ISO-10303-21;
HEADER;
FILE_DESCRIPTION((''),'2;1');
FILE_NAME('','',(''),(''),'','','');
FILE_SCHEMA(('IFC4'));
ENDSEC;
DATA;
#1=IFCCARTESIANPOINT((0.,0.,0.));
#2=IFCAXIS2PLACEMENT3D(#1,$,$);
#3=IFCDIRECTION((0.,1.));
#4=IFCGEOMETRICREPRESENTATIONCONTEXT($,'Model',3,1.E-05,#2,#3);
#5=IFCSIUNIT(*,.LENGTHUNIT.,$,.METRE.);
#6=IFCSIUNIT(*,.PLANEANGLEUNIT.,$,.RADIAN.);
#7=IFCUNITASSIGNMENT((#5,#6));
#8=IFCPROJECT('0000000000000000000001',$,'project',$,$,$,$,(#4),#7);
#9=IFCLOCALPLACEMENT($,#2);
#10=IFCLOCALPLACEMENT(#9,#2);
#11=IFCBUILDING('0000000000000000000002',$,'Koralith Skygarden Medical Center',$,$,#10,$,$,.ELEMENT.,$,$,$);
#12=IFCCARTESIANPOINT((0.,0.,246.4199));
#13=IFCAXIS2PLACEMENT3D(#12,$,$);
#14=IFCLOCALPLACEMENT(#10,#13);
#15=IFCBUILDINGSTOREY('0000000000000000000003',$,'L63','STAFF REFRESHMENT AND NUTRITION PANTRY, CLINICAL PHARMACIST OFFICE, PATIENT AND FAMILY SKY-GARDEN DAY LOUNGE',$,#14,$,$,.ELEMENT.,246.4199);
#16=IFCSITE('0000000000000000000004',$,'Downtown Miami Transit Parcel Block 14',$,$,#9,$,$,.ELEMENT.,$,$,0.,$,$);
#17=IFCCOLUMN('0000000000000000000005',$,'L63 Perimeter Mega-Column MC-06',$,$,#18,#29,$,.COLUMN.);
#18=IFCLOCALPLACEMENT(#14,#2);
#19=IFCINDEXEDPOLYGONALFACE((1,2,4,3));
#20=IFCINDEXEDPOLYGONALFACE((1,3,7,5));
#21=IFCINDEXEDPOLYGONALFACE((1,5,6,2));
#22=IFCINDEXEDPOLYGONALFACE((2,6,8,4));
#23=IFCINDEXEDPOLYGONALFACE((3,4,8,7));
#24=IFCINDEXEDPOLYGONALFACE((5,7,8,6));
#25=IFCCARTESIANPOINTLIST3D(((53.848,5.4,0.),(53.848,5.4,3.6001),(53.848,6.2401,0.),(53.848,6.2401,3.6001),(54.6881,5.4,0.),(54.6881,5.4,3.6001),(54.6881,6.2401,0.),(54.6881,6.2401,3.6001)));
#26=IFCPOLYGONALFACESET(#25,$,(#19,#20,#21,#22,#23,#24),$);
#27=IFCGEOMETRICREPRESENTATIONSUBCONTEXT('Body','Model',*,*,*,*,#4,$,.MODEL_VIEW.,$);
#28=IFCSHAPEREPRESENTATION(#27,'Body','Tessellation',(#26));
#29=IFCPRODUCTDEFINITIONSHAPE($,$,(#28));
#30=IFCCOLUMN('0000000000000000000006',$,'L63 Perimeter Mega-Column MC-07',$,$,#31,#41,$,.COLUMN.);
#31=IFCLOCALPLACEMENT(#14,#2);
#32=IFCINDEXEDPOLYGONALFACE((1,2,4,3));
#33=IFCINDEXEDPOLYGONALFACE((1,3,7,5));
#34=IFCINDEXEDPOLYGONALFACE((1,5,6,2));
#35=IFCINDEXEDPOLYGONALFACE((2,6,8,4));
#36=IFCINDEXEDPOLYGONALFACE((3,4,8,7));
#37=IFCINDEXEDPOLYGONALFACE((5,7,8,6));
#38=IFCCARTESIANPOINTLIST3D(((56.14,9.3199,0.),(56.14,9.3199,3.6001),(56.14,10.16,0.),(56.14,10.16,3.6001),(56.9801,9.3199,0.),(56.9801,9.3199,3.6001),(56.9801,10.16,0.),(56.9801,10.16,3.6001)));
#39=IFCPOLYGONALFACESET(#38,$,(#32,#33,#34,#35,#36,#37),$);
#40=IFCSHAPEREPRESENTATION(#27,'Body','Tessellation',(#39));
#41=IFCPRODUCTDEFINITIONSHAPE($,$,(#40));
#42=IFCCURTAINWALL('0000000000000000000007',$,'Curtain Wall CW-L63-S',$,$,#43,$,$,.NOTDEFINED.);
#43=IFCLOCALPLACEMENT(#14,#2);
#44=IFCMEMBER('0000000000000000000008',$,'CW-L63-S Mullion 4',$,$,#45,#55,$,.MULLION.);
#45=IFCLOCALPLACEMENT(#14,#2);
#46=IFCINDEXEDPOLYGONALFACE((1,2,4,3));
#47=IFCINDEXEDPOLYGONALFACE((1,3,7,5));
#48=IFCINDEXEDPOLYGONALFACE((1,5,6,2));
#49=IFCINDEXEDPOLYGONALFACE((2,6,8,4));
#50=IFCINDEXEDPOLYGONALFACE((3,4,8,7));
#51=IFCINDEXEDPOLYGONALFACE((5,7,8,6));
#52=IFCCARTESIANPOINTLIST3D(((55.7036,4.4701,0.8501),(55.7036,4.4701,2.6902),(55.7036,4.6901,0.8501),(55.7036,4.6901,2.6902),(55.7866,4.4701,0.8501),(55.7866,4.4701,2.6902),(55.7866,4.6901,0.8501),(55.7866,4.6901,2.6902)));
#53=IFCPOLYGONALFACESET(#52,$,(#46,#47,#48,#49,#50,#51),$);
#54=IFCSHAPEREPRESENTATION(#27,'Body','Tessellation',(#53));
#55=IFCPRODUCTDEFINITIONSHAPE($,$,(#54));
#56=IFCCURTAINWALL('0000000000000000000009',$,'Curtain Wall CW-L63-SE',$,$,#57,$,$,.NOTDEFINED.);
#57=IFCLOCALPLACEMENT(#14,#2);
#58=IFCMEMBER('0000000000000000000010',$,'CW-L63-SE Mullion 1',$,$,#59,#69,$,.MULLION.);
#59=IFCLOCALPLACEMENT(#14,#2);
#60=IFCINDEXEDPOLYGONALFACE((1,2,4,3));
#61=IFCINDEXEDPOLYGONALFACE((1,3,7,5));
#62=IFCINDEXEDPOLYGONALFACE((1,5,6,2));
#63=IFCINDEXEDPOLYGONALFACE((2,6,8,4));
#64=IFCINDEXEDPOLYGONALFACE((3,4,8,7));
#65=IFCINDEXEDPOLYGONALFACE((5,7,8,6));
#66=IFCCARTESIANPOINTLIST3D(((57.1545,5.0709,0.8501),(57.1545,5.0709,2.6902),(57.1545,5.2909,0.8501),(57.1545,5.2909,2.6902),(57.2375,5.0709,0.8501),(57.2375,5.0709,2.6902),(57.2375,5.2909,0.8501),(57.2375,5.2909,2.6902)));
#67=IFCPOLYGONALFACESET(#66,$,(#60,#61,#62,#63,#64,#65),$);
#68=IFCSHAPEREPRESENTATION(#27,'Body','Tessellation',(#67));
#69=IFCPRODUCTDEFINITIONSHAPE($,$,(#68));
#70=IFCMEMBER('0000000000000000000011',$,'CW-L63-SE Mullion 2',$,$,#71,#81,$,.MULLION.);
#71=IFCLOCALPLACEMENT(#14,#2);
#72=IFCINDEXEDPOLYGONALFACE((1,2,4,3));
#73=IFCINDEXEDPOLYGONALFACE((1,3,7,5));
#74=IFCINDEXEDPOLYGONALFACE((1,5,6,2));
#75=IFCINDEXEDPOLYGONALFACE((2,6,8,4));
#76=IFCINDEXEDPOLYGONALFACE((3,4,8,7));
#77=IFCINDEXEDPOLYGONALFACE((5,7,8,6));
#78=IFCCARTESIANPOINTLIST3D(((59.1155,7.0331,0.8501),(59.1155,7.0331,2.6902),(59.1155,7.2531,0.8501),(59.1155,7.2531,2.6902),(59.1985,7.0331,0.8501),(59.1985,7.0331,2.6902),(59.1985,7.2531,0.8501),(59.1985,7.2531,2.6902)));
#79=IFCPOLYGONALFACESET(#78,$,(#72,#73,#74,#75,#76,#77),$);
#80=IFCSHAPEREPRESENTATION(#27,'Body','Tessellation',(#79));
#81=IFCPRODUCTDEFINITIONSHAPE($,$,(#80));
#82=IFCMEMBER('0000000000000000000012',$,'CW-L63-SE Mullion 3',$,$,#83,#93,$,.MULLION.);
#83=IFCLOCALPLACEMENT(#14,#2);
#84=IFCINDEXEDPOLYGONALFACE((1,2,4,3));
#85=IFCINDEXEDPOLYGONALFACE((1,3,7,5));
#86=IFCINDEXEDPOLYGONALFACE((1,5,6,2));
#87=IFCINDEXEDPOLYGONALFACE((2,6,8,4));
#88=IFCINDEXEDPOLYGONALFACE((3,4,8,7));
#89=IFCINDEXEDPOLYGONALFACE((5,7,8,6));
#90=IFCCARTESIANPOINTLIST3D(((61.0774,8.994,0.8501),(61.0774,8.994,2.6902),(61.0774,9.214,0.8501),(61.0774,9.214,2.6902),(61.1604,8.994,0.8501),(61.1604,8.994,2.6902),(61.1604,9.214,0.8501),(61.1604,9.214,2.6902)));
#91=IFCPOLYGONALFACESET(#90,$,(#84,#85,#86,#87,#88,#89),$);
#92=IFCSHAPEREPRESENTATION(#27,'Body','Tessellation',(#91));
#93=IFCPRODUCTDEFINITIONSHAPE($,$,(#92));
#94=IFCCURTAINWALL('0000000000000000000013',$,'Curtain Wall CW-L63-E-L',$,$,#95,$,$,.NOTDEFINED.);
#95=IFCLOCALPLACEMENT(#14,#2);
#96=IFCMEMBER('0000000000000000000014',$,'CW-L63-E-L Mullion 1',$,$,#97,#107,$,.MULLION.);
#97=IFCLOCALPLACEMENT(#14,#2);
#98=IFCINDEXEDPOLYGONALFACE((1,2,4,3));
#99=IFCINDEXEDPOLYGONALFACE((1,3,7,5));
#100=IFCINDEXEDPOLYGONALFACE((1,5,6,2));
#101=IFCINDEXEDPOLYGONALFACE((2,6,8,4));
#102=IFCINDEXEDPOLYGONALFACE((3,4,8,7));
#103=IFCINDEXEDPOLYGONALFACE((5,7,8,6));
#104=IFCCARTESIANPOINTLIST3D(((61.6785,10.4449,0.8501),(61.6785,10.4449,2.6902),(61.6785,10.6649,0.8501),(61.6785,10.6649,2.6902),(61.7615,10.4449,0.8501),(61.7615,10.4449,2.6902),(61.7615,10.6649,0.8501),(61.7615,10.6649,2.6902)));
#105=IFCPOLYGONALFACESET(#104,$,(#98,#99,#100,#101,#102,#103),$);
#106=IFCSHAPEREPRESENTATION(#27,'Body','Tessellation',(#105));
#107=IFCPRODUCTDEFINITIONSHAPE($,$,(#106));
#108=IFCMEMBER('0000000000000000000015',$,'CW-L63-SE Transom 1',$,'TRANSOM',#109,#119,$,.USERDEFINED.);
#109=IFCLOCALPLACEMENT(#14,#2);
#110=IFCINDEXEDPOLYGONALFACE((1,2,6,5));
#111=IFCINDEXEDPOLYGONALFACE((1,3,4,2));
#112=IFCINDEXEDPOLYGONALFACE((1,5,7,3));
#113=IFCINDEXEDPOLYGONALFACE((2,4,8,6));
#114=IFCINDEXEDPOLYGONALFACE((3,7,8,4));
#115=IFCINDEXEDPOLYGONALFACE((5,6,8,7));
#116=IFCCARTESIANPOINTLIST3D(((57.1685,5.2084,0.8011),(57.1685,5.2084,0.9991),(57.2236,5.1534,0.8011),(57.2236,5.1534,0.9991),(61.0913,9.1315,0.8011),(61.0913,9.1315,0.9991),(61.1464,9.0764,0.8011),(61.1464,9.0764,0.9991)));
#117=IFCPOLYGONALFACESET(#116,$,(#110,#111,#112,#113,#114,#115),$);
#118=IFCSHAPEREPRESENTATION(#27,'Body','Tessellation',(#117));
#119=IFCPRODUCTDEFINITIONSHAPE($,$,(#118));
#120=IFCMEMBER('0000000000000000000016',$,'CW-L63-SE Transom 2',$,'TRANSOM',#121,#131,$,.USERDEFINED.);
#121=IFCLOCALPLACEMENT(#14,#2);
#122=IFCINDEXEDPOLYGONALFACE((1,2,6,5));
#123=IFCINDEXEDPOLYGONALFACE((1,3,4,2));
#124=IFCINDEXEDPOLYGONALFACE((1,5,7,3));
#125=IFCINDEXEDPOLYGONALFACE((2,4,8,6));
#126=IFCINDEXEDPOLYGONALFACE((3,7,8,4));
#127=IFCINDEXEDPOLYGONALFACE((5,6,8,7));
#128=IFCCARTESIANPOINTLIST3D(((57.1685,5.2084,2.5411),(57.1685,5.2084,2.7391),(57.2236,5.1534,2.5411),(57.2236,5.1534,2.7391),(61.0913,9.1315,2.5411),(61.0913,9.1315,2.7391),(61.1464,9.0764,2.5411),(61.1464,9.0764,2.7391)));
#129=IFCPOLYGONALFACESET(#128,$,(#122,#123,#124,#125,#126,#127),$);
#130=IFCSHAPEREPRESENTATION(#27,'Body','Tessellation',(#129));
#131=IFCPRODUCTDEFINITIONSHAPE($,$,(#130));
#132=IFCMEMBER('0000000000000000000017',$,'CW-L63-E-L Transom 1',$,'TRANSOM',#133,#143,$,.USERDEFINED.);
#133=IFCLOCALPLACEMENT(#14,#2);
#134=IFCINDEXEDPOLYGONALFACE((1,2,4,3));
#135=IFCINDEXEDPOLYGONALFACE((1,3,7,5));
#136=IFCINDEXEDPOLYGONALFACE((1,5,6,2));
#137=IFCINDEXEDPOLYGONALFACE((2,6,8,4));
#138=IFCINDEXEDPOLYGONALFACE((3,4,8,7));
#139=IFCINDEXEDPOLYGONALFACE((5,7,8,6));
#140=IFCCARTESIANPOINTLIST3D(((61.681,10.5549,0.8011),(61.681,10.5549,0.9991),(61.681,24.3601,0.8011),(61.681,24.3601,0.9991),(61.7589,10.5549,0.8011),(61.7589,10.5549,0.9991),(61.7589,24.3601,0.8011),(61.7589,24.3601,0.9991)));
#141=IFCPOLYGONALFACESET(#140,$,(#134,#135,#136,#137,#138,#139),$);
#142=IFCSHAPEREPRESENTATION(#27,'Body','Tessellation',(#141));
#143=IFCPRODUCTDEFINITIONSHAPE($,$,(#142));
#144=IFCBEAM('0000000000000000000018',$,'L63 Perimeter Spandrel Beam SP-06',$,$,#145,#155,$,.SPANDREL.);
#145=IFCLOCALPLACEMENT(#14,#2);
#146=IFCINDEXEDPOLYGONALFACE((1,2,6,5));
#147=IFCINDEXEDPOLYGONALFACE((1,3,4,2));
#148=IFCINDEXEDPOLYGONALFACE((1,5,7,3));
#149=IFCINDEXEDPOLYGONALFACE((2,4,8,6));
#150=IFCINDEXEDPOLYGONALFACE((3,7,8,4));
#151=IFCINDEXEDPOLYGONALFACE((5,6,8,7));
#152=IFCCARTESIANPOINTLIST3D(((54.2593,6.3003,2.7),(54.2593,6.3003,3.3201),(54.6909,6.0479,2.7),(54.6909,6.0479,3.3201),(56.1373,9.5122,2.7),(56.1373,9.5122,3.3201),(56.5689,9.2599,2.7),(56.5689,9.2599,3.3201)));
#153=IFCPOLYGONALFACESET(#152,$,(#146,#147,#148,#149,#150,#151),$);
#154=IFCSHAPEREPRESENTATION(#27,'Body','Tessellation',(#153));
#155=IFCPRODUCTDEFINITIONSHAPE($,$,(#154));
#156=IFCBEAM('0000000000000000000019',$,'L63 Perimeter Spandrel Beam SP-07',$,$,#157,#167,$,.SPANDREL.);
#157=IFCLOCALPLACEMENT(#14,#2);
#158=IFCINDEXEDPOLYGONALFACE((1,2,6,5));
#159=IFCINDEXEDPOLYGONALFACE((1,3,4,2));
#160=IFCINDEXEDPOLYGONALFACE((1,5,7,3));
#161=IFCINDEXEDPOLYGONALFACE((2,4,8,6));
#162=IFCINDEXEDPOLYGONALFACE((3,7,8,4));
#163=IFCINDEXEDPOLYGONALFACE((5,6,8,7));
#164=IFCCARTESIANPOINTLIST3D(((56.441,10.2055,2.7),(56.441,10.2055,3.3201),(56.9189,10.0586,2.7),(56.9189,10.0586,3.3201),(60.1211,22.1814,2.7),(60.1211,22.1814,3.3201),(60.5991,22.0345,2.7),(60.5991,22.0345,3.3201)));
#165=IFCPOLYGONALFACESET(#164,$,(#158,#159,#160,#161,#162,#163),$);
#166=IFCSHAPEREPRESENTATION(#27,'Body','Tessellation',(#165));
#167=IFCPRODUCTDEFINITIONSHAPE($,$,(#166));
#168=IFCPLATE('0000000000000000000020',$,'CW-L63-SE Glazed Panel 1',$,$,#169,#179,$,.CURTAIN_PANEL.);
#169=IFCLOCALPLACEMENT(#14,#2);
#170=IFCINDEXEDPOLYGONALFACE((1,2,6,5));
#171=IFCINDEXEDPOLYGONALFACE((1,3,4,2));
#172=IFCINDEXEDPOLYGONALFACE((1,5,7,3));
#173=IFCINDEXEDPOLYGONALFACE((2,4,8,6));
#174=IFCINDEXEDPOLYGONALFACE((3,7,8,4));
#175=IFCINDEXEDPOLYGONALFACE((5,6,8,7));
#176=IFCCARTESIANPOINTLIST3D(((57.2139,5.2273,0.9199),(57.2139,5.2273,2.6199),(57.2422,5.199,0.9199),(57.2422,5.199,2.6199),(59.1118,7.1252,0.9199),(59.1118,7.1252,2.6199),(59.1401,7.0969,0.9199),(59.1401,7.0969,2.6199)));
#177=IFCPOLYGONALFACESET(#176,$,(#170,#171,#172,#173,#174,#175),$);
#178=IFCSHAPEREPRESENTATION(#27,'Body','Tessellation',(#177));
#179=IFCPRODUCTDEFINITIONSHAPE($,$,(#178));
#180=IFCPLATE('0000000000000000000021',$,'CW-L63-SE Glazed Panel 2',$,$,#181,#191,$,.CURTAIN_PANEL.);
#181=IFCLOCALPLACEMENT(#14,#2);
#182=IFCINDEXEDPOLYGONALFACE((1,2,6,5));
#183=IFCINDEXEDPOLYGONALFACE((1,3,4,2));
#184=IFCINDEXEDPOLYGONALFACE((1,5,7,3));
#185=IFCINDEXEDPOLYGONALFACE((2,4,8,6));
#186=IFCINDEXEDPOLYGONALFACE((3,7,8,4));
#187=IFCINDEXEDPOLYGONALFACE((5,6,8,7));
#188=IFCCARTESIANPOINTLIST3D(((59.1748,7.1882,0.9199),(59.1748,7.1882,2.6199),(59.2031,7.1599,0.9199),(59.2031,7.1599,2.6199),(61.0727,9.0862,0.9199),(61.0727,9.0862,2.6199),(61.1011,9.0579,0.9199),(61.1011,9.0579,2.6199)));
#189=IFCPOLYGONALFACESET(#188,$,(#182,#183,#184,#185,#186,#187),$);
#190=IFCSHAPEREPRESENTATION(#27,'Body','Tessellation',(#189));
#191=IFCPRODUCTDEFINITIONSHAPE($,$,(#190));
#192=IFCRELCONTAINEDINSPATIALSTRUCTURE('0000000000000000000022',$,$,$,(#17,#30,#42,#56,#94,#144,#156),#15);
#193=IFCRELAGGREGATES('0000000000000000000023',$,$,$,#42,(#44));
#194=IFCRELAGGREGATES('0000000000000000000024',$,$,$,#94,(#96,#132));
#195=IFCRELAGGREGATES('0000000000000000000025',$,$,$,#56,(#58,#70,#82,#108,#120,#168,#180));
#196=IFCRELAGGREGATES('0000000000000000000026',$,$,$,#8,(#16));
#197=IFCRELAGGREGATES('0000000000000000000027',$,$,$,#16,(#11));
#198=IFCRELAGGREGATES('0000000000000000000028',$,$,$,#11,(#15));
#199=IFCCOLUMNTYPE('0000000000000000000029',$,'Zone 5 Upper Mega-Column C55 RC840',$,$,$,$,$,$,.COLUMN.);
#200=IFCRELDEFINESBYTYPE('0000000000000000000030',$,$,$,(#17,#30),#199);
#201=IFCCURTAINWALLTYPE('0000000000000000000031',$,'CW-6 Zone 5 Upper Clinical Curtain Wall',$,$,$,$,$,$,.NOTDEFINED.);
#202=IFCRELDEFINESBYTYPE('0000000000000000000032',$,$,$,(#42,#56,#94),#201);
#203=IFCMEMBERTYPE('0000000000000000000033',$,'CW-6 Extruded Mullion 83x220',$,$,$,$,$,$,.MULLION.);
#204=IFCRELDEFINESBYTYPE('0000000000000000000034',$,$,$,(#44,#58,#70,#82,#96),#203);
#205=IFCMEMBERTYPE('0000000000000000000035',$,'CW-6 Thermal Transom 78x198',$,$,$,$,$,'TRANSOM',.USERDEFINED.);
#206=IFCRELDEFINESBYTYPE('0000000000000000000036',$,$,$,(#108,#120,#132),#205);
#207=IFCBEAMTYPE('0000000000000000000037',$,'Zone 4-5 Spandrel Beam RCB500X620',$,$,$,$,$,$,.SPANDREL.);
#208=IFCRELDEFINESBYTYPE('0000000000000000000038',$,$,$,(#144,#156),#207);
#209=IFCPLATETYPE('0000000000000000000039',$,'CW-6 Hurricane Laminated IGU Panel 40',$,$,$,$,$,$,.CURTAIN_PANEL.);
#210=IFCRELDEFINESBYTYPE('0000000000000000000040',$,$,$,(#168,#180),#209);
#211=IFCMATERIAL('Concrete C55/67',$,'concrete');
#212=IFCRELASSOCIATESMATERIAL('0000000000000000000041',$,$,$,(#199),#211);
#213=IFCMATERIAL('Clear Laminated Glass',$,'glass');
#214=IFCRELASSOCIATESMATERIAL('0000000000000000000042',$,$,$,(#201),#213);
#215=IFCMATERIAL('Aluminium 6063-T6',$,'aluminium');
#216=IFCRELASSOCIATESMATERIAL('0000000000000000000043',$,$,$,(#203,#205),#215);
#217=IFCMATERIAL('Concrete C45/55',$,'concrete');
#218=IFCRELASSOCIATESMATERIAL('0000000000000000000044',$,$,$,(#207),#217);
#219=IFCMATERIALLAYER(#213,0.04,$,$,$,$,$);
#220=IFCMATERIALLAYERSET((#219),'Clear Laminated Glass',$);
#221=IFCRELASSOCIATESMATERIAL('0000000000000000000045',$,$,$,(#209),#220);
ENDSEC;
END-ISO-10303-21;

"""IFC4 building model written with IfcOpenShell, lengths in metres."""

from ifc_helpers import new_model, si_unit, direction, frame, origin, origin_2d, place, context, subcontext, project, spatial, rectangle, extrude, material, layer, layer_set, material_profile, profile_set, type_object, element, aggregate, save


model = new_model("IFC4")

# Units and contexts
model_context = context("Model", 3, precision=1e-05, world=origin(), true_north=direction((0.0, 1.0)))
body_context = subcontext(model_context, "Body", "Model", "MODEL_VIEW")
ifc_project = project(units=[si_unit("LENGTHUNIT", "METRE"), si_unit("PLANEANGLEUNIT", "RADIAN")], contexts=[model_context])

# Site, building, storey
site_placement = place(None, origin())
site = spatial("IfcSite", under=ifc_project, at=site_placement, Name="Downtown Miami Transit Parcel Block 14", CompositionType="ELEMENT", RefElevation=0.0)
building_placement = place(site_placement, origin())
building = spatial("IfcBuilding", under=site, at=building_placement, Name="Koralith Skygarden Medical Center", CompositionType="ELEMENT")
storey_placement = place(building_placement, frame((0.0, 0.0, 246.4199)))
storey = spatial("IfcBuildingStorey", under=building, at=storey_placement, Name="L63", Description="STAFF REFRESHMENT AND NUTRITION PANTRY, CLINICAL PHARMACIST OFFICE, PATIENT AND FAMILY SKY-GARDEN DAY LOUNGE", CompositionType="ELEMENT", Elevation=246.4199)

# Columns
ifc_material_1 = material(Name="Concrete C55/67", Category="concrete")
ifc_material_profile_1 = material_profile(ifc_material_1, rectangle(XDim=0.8401, YDim=0.8401, at=origin_2d()), Name="RC840X840")
ifc_profile_set_1 = profile_set([ifc_material_profile_1], Name="Concrete C55/67")
column_type = type_object("IfcColumnType", Name="Zone 5 Upper Mega-Column C55 RC840", PredefinedType="COLUMN", material=ifc_profile_set_1)
for number, where, z_axis, x_axis, name in (
    (1, (54.2681, 5.8201, 0.0), (0.0, 0.0, 1.0), (1.0, 0.0, 0.0), "L63 Perimeter Mega-Column MC-06"),
    (2, (56.5601, 9.74, 0.0), (0.0, 0.0, 1.0), (1.0, 0.0, 0.0), "L63 Perimeter Mega-Column MC-07"),
):
    element("IfcColumn", number, at=place(storey_placement, frame(where, z_axis=z_axis, x_axis=x_axis)), inside=storey, type_object=column_type, Name=name, PredefinedType="COLUMN", context=body_context, shape_type="SweptSolid", body=[
        extrude(rectangle(XDim=0.8401, YDim=0.8401, at=origin_2d()), origin(), (0.0, 0.0, 1.0), 3.6001),
    ])

# Curtain wall, member
ifc_material_2 = material(Name="Clear Laminated Glass", Category="glass")
curtain_wall_type = type_object("IfcCurtainWallType", Name="CW-6 Zone 5 Upper Clinical Curtain Wall", PredefinedType="NOTDEFINED", material=ifc_material_2)
curtain_wall_1_placement = place(storey_placement, origin())
curtain_wall_1 = element("IfcCurtainWall", 3, at=curtain_wall_1_placement, inside=storey, type_object=curtain_wall_type, Name="Curtain Wall CW-L63-S", PredefinedType="NOTDEFINED")
ifc_material_3 = material(Name="Aluminium 6063-T6", Category="aluminium")
ifc_material_profile_2 = material_profile(ifc_material_3, rectangle(XDim=0.083, YDim=0.22, at=origin_2d()), Name="MUL83X220")
ifc_profile_set_2 = profile_set([ifc_material_profile_2], Name="Aluminium 6063-T6")
member_type_1 = type_object("IfcMemberType", Name="CW-6 Extruded Mullion 83x220", PredefinedType="MULLION", material=ifc_profile_set_2)
member_1_placement = place(storey_placement, frame((55.7451, 4.5801, 0.8501), z_axis=(0.0, 0.0, 1.0), x_axis=(1.0, 0.0, 0.0)))
member_1 = element("IfcMember", 4, at=member_1_placement, type_object=member_type_1, Name="CW-L63-S Mullion 4", PredefinedType="MULLION", context=body_context, shape_type="SweptSolid", body=[
    extrude(rectangle(XDim=0.083, YDim=0.22, at=origin_2d()), origin(), (0.0, 0.0, 1.0), 1.8401),
])
aggregate(curtain_wall_1, [member_1])

# Curtain wall, members
curtain_wall_2_placement = place(storey_placement, origin())
curtain_wall_2 = element("IfcCurtainWall", 5, at=curtain_wall_2_placement, inside=storey, type_object=curtain_wall_type, Name="Curtain Wall CW-L63-SE", PredefinedType="NOTDEFINED")
member_2_placement = place(storey_placement, frame((57.196, 5.1809, 0.8501), z_axis=(0.0, 0.0, 1.0), x_axis=(1.0, 0.0, 0.0)))
member_2 = element("IfcMember", 6, at=member_2_placement, type_object=member_type_1, Name="CW-L63-SE Mullion 1", PredefinedType="MULLION", context=body_context, shape_type="SweptSolid", body=[
    extrude(rectangle(XDim=0.083, YDim=0.22, at=origin_2d()), origin(), (0.0, 0.0, 1.0), 1.8401),
])
member_3_placement = place(storey_placement, frame((59.157, 7.1431, 0.8501), z_axis=(0.0, 0.0, 1.0), x_axis=(1.0, 0.0, 0.0)))
member_3 = element("IfcMember", 7, at=member_3_placement, type_object=member_type_1, Name="CW-L63-SE Mullion 2", PredefinedType="MULLION", context=body_context, shape_type="SweptSolid", body=[
    extrude(rectangle(XDim=0.083, YDim=0.22, at=origin_2d()), origin(), (0.0, 0.0, 1.0), 1.8401),
])
member_4_placement = place(storey_placement, frame((61.1189, 9.104, 0.8501), z_axis=(0.0, 0.0, 1.0), x_axis=(1.0, 0.0, 0.0)))
member_4 = element("IfcMember", 8, at=member_4_placement, type_object=member_type_1, Name="CW-L63-SE Mullion 3", PredefinedType="MULLION", context=body_context, shape_type="SweptSolid", body=[
    extrude(rectangle(XDim=0.083, YDim=0.22, at=origin_2d()), origin(), (0.0, 0.0, 1.0), 1.8401),
])

# Curtain wall, member
curtain_wall_3_placement = place(storey_placement, origin())
curtain_wall_3 = element("IfcCurtainWall", 9, at=curtain_wall_3_placement, inside=storey, type_object=curtain_wall_type, Name="Curtain Wall CW-L63-E-L", PredefinedType="NOTDEFINED")
member_5_placement = place(storey_placement, frame((61.72, 10.5549, 0.8501), z_axis=(0.0, 0.0, 1.0), x_axis=(1.0, 0.0, 0.0)))
member_5 = element("IfcMember", 10, at=member_5_placement, type_object=member_type_1, Name="CW-L63-E-L Mullion 1", PredefinedType="MULLION", context=body_context, shape_type="SweptSolid", body=[
    extrude(rectangle(XDim=0.083, YDim=0.22, at=origin_2d()), origin(), (0.0, 0.0, 1.0), 1.8401),
])

# Members
ifc_material_profile_3 = material_profile(ifc_material_3, rectangle(XDim=0.0779, YDim=0.198, at=origin_2d()), Name="TRN78X198")
ifc_profile_set_3 = profile_set([ifc_material_profile_3], Name="Aluminium 6063-T6")
member_type_2 = type_object("IfcMemberType", Name="CW-6 Thermal Transom 78x198", ElementType="TRANSOM", PredefinedType="USERDEFINED", material=ifc_profile_set_3)
member_6_placement = place(storey_placement, frame((57.196, 5.1809, 0.9001), z_axis=(0.707085, 0.707129, 0.0), x_axis=(-0.707129, 0.707085, 0.0)))
member_6 = element("IfcMember", 11, at=member_6_placement, type_object=member_type_2, Name="CW-L63-SE Transom 1", ObjectType="TRANSOM", PredefinedType="USERDEFINED", context=body_context, shape_type="SweptSolid", body=[
    extrude(rectangle(XDim=0.0779, YDim=0.198, at=origin_2d()), origin(), (0.0, 0.0, 1.0), 5.5479),
])
member_7_placement = place(storey_placement, frame((57.196, 5.1809, 2.6401), z_axis=(0.707085, 0.707129, 0.0), x_axis=(-0.707129, 0.707085, 0.0)))
member_7 = element("IfcMember", 12, at=member_7_placement, type_object=member_type_2, Name="CW-L63-SE Transom 2", ObjectType="TRANSOM", PredefinedType="USERDEFINED", context=body_context, shape_type="SweptSolid", body=[
    extrude(rectangle(XDim=0.0779, YDim=0.198, at=origin_2d()), origin(), (0.0, 0.0, 1.0), 5.5479),
])
member_8_placement = place(storey_placement, frame((61.72, 10.5549, 0.9001), z_axis=(0.0, 1.0, 0.0), x_axis=(-1.0, 0.0, 0.0)))
member_8 = element("IfcMember", 13, at=member_8_placement, type_object=member_type_2, Name="CW-L63-E-L Transom 1", ObjectType="TRANSOM", PredefinedType="USERDEFINED", context=body_context, shape_type="SweptSolid", body=[
    extrude(rectangle(XDim=0.0779, YDim=0.198, at=origin_2d()), origin(), (0.0, 0.0, 1.0), 13.8052),
])
aggregate(curtain_wall_3, [member_5, member_8])

# Beams
ifc_material_4 = material(Name="Concrete C45/55", Category="concrete")
ifc_material_profile_4 = material_profile(ifc_material_4, rectangle(XDim=0.5, YDim=0.6201, at=origin_2d()), Name="RCB500X620")
ifc_profile_set_4 = profile_set([ifc_material_profile_4], Name="Concrete C45/55")
beam_type = type_object("IfcBeamType", Name="Zone 4-5 Spandrel Beam RCB500X620", PredefinedType="SPANDREL", material=ifc_profile_set_4)
beam_1_placement = place(storey_placement, frame((54.4751, 6.1741, 3.01), z_axis=(0.504736, 0.863274, 0.0), x_axis=(-0.863274, 0.504736, 0.0)))
element("IfcBeam", 14, at=beam_1_placement, inside=storey, type_object=beam_type, Name="L63 Perimeter Spandrel Beam SP-06", PredefinedType="SPANDREL", context=body_context, shape_type="SweptSolid", body=[
    extrude(rectangle(XDim=0.5, YDim=0.6201, at=origin_2d()), origin(), (0.0, 0.0, 1.0), 3.7207),
])
beam_2_placement = place(storey_placement, frame((56.6799, 10.1321, 3.01), z_axis=(0.293743, 0.955884, 0.0), x_axis=(-0.955884, 0.293743, 0.0)))
element("IfcBeam", 15, at=beam_2_placement, inside=storey, type_object=beam_type, Name="L63 Perimeter Spandrel Beam SP-07", PredefinedType="SPANDREL", context=body_context, shape_type="SweptSolid", body=[
    extrude(rectangle(XDim=0.5, YDim=0.6201, at=origin_2d()), origin(), (0.0, 0.0, 1.0), 12.5286),
])

# Plates
ifc_layer_1 = layer(ifc_material_2, 0.04)
ifc_layer_set_1 = layer_set([ifc_layer_1], Name="Clear Laminated Glass")
plate_type_1 = type_object("IfcPlateType", Name="CW-6 Hurricane Laminated IGU Panel 40", PredefinedType="CURTAIN_PANEL", material=ifc_layer_set_1)
plate_1_placement = place(storey_placement, frame((58.177, 6.1621, 0.9199), z_axis=(0.0, 0.0, 1.0), x_axis=(0.707107, 0.707107, 0.0)))
plate_1 = element("IfcPlate", 16, at=plate_1_placement, type_object=plate_type_1, Name="CW-L63-SE Glazed Panel 1", PredefinedType="CURTAIN_PANEL", context=body_context, shape_type="SweptSolid", body=[
    extrude(rectangle(XDim=2.6841, YDim=0.04, at=origin_2d()), origin(), (0.0, 0.0, 1.0), 1.7),
])
plate_2_placement = place(storey_placement, frame((60.1379, 8.123, 0.9199), z_axis=(0.0, 0.0, 1.0), x_axis=(0.707107, 0.707107, 0.0)))
plate_2 = element("IfcPlate", 17, at=plate_2_placement, type_object=plate_type_1, Name="CW-L63-SE Glazed Panel 2", PredefinedType="CURTAIN_PANEL", context=body_context, shape_type="SweptSolid", body=[
    extrude(rectangle(XDim=2.6841, YDim=0.04, at=origin_2d()), origin(), (0.0, 0.0, 1.0), 1.7),
])
aggregate(curtain_wall_2, [member_2, member_3, member_4, member_6, member_7, plate_1, plate_2])

save(model, "model.ifc")
